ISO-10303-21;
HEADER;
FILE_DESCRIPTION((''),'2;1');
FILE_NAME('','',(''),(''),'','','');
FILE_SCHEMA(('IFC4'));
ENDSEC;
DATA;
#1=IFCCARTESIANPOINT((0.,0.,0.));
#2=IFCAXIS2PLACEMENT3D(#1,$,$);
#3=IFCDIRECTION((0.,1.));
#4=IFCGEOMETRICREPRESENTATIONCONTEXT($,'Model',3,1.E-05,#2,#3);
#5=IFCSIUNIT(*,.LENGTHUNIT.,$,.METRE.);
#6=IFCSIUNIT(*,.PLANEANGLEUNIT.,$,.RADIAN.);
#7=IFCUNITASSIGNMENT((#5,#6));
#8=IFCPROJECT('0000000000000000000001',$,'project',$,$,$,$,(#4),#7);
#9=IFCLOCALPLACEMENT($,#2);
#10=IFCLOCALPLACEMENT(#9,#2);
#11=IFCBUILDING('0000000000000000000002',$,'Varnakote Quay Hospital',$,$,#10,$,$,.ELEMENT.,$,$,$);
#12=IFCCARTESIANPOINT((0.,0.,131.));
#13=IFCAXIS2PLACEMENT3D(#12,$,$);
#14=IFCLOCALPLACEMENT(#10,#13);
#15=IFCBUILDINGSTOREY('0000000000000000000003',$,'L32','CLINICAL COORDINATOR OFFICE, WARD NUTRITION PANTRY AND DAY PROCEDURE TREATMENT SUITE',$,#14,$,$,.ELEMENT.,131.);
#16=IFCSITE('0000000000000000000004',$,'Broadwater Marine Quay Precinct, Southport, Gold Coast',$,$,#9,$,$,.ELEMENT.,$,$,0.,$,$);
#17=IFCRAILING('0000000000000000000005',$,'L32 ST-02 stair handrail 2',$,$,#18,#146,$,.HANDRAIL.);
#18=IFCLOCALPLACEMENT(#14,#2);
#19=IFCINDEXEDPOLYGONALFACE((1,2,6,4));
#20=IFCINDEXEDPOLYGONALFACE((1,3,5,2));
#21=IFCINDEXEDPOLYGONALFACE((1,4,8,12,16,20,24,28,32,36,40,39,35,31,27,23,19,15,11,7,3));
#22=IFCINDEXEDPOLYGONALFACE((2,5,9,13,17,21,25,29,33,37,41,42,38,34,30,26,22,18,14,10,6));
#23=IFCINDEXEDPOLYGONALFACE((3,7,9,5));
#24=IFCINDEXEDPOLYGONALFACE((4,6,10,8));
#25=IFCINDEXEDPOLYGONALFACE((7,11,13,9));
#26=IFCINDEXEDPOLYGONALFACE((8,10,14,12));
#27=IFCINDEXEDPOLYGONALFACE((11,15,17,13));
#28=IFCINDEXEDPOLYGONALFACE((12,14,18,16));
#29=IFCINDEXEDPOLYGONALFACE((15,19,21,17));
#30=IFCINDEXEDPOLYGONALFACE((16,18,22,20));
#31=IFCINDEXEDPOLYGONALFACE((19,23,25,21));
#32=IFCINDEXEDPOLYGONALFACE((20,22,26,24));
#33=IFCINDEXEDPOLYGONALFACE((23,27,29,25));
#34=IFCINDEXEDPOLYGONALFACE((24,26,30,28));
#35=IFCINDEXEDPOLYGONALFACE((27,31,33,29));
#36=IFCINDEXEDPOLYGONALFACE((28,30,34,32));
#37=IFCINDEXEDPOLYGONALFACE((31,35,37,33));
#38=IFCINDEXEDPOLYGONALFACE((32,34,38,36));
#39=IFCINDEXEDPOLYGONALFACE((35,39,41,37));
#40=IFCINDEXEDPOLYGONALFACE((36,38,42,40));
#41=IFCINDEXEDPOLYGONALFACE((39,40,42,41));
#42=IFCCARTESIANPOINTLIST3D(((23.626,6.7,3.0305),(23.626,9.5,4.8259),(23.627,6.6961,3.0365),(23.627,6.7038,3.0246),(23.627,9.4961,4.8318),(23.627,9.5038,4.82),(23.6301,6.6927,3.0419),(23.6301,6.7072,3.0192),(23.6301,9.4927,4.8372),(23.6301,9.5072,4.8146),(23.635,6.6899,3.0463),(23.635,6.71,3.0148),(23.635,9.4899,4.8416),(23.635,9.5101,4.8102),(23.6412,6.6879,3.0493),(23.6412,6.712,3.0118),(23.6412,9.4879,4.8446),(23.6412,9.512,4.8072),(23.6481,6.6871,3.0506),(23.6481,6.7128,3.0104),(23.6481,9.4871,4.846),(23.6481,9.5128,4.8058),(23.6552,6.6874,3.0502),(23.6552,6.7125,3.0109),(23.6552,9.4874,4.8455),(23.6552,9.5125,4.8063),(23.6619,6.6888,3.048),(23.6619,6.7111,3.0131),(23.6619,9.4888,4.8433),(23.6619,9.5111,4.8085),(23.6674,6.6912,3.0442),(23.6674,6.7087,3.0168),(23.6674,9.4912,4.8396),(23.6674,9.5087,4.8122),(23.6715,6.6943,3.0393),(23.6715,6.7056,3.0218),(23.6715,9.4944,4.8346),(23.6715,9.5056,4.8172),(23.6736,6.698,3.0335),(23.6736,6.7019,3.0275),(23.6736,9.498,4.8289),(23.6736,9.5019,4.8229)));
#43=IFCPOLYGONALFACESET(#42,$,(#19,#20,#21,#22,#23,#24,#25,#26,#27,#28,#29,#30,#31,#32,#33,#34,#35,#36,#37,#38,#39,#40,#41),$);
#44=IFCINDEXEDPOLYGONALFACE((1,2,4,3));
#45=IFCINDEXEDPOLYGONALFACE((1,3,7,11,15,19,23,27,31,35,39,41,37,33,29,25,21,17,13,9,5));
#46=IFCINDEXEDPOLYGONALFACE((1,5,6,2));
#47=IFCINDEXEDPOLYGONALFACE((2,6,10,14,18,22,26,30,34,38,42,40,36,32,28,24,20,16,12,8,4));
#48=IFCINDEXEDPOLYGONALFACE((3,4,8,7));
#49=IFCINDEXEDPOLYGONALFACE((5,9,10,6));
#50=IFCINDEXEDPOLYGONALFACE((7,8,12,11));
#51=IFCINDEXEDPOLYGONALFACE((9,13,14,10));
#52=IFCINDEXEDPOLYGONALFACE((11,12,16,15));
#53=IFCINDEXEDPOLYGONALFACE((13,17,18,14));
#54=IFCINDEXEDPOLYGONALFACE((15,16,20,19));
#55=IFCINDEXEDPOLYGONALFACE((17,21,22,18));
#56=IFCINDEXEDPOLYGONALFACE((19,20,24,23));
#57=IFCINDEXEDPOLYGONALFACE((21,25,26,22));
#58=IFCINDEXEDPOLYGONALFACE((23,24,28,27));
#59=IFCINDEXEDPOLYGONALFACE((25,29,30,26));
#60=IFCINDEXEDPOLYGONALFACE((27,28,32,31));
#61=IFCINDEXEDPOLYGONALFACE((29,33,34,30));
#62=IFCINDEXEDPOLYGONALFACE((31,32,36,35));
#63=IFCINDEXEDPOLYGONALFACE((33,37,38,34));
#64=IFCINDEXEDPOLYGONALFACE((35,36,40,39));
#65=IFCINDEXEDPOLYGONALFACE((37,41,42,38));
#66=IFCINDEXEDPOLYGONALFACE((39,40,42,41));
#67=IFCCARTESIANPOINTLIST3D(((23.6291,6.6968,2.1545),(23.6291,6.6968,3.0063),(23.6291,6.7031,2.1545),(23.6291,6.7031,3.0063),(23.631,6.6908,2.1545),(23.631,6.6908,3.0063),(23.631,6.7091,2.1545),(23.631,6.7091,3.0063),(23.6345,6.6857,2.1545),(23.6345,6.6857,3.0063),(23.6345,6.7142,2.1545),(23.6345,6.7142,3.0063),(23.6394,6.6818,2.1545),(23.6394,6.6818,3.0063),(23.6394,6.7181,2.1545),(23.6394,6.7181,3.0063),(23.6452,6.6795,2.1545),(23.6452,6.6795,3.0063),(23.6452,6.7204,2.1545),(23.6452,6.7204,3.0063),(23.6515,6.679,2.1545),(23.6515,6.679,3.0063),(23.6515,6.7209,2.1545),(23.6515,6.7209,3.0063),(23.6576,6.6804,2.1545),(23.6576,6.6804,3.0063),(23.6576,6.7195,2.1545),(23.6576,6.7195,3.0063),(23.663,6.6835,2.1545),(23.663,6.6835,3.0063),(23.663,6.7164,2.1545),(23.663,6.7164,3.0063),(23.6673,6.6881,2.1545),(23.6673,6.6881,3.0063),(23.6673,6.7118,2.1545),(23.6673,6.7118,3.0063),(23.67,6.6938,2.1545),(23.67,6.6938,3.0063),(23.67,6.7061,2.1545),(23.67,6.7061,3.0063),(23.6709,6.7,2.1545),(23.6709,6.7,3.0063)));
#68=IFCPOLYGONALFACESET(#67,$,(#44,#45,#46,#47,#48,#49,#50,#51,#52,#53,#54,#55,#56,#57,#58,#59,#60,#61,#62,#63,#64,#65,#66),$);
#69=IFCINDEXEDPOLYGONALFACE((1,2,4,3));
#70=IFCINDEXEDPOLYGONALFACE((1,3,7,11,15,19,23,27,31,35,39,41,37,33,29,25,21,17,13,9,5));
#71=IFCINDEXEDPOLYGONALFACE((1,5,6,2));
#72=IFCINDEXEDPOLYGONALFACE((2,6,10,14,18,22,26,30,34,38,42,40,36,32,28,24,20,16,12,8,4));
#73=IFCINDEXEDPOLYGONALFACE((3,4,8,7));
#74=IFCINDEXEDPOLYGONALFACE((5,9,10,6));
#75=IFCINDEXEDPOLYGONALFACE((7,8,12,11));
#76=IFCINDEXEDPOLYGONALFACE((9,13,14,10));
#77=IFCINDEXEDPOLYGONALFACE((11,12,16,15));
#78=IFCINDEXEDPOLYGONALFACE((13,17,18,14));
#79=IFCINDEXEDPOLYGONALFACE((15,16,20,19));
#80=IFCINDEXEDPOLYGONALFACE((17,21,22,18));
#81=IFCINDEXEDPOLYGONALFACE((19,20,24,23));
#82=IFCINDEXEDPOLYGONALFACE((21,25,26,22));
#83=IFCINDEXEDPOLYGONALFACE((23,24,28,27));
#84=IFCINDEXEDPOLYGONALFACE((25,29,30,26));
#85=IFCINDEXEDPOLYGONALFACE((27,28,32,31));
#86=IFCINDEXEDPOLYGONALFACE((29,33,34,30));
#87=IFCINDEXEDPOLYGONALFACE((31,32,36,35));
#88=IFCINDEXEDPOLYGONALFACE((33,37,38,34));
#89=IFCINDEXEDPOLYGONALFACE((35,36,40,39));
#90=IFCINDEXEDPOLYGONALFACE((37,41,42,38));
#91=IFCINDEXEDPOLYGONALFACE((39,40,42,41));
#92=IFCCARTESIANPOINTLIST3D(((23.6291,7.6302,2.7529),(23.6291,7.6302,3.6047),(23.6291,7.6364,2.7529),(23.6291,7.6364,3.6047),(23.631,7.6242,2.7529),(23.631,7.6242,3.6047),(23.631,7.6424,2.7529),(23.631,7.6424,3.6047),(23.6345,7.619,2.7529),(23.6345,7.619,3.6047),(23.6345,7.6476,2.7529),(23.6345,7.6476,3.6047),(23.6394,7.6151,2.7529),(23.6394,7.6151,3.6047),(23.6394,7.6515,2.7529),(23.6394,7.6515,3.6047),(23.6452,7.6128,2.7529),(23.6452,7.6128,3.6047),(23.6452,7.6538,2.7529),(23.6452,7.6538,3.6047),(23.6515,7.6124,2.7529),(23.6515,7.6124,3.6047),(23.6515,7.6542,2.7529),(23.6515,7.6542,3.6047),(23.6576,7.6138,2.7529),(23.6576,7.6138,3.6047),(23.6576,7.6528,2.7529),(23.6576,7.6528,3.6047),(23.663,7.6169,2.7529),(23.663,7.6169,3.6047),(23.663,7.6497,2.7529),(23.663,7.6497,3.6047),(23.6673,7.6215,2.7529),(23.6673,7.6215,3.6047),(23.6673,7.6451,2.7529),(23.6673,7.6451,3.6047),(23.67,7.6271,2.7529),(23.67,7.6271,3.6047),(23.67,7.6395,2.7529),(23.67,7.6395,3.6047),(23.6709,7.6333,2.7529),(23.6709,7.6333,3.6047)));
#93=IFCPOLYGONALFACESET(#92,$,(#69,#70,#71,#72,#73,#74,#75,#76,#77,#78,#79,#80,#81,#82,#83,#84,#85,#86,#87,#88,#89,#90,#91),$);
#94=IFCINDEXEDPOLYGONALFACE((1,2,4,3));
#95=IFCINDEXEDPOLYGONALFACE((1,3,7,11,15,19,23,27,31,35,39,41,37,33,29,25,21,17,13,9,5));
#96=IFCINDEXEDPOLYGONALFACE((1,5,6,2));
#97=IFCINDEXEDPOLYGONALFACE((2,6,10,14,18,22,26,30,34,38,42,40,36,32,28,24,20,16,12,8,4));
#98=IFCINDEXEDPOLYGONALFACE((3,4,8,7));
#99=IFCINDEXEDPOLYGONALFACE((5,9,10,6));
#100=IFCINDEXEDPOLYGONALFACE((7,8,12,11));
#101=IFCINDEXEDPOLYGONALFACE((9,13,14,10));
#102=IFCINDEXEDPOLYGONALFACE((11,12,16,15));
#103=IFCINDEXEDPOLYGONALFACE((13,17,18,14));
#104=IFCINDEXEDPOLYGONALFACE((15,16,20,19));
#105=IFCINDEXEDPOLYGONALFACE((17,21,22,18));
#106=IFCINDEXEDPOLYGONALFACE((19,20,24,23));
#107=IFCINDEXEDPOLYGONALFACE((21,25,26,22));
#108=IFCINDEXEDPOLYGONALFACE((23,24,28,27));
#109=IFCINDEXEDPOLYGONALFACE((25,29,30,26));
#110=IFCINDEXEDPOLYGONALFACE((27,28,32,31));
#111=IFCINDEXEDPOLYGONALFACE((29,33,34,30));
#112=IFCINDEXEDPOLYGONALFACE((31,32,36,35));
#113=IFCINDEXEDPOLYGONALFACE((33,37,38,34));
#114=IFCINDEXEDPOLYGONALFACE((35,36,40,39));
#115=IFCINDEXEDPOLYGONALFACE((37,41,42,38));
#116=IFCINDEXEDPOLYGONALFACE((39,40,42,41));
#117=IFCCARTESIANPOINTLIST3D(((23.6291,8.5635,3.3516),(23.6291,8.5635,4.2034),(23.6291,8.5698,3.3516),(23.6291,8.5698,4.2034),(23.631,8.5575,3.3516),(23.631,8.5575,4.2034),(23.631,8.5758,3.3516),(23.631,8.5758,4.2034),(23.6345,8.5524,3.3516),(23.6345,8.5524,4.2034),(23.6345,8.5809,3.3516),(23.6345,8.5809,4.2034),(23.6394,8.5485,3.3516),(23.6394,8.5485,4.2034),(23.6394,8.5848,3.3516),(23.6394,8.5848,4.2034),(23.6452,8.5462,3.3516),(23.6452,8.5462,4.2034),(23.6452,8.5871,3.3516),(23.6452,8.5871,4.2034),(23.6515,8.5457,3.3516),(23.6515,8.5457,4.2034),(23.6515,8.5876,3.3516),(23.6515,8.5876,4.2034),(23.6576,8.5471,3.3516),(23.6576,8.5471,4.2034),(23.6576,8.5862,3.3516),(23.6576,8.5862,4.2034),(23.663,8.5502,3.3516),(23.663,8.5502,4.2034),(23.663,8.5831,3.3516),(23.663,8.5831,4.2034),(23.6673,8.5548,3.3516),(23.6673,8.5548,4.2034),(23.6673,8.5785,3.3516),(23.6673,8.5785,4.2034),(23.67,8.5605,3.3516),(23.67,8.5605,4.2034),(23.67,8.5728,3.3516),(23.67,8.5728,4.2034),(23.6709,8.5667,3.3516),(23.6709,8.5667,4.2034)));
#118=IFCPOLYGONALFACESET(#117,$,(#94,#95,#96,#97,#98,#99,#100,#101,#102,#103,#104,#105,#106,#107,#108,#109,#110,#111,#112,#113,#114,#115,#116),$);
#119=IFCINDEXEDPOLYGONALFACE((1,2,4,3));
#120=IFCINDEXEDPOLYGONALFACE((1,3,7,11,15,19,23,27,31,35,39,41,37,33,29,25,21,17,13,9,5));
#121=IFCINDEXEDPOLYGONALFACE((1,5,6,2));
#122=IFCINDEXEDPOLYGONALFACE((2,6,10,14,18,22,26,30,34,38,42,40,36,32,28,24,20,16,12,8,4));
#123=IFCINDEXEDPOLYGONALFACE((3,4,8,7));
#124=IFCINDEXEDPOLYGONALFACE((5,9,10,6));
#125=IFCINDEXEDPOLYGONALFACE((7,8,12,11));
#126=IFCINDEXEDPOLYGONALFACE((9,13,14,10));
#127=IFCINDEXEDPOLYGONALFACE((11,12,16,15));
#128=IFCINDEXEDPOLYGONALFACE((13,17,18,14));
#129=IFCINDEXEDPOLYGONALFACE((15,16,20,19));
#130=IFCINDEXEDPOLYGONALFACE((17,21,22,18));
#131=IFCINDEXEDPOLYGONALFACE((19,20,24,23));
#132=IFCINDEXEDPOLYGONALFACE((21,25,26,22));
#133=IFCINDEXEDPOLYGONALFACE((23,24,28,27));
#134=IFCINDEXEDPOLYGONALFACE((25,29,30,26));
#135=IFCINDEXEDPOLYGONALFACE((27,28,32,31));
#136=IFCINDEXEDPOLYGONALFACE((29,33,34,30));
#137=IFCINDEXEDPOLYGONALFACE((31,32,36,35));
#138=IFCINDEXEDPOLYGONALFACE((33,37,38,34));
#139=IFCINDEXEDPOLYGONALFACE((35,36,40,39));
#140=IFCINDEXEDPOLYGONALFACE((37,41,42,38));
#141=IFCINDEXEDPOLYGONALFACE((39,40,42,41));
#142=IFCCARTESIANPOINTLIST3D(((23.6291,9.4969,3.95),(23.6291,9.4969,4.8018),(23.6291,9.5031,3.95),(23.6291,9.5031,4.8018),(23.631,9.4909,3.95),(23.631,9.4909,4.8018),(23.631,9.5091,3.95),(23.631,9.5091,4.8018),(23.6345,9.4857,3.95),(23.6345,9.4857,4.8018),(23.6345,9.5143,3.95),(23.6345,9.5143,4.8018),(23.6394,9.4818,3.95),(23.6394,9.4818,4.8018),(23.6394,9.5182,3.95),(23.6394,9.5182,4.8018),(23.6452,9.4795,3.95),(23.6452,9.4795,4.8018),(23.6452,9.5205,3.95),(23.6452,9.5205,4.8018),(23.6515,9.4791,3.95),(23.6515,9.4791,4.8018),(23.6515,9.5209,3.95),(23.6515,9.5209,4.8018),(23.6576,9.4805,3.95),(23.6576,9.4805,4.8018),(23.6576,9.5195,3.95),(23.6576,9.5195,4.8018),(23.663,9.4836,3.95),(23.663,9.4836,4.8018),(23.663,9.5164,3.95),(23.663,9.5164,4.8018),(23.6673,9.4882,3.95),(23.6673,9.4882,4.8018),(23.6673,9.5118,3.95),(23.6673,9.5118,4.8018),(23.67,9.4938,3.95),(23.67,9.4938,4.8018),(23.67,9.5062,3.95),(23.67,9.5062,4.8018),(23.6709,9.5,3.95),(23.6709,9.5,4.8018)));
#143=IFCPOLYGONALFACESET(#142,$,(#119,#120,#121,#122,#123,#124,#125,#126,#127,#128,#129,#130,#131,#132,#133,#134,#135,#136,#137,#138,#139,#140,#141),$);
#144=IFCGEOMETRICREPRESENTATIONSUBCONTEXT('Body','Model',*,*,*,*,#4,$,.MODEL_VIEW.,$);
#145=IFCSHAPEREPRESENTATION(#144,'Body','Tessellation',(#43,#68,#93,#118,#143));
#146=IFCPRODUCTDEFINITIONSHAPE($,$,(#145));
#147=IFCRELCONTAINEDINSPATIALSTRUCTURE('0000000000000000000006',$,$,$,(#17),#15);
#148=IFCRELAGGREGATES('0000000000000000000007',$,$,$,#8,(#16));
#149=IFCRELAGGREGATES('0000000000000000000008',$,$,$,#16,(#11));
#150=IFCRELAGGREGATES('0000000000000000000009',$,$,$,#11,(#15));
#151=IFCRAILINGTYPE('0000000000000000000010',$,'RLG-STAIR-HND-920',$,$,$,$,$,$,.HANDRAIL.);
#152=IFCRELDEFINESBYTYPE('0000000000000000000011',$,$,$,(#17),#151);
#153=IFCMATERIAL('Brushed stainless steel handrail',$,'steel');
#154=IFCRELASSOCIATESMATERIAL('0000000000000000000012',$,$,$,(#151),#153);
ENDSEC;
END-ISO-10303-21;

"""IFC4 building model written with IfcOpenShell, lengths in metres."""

from ifc_helpers import new_model, si_unit, direction, frame, origin, origin_2d, place, context, subcontext, project, spatial, circle, extrude, material, type_object, element, save


model = new_model("IFC4")

# Units and contexts
model_context = context("Model", 3, precision=1e-05, world=origin(), true_north=direction((0.0, 1.0)))
body_context = subcontext(model_context, "Body", "Model", "MODEL_VIEW")
ifc_project = project(units=[si_unit("LENGTHUNIT", "METRE"), si_unit("PLANEANGLEUNIT", "RADIAN")], contexts=[model_context])

# Site, building, storey
site_placement = place(None, origin())
site = spatial("IfcSite", under=ifc_project, at=site_placement, Name="Broadwater Marine Quay Precinct, Southport, Gold Coast", CompositionType="ELEMENT", RefElevation=0.0)
building_placement = place(site_placement, origin())
building = spatial("IfcBuilding", under=site, at=building_placement, Name="Varnakote Quay Hospital", CompositionType="ELEMENT")
storey_placement = place(building_placement, frame((0.0, 0.0, 131.0)))
storey = spatial("IfcBuildingStorey", under=building, at=storey_placement, Name="L32", Description="CLINICAL COORDINATOR OFFICE, WARD NUTRITION PANTRY AND DAY PROCEDURE TREATMENT SUITE", CompositionType="ELEMENT", Elevation=131.0)

# Railing
ifc_material_1 = material(Name="Brushed stainless steel handrail", Category="steel")
railing_type_1 = type_object("IfcRailingType", Name="RLG-STAIR-HND-920", PredefinedType="HANDRAIL", material=ifc_material_1)
railing_1_placement = place(storey_placement, frame((23.6499, 6.7, 2.1545)))
element("IfcRailing", 1, at=railing_1_placement, inside=storey, type_object=railing_type_1, Name="L32 ST-02 stair handrail 2", PredefinedType="HANDRAIL", context=body_context, shape_type="SweptSolid", body=[
    extrude(circle(Radius=0.0239, at=origin_2d()), frame((0.0, 0.0, 0.876), z_axis=(0.0, 0.84181, 0.539774), x_axis=(-1.0, 0.0, 0.0)), (0.0, 0.0, 1.0), 3.3262),
    extrude(circle(Radius=0.021, at=origin_2d()), origin(), (0.0, 0.0, 1.0), 0.8518),
    extrude(circle(Radius=0.021, at=origin_2d()), frame((0.0, 0.9333, 0.5984)), (0.0, 0.0, 1.0), 0.8518),
    extrude(circle(Radius=0.021, at=origin_2d()), frame((0.0, 1.8667, 1.197)), (0.0, 0.0, 1.0), 0.8518),
    extrude(circle(Radius=0.021, at=origin_2d()), frame((0.0, 2.8, 1.7954)), (0.0, 0.0, 1.0), 0.8518),
])

save(model, "model.ifc")
